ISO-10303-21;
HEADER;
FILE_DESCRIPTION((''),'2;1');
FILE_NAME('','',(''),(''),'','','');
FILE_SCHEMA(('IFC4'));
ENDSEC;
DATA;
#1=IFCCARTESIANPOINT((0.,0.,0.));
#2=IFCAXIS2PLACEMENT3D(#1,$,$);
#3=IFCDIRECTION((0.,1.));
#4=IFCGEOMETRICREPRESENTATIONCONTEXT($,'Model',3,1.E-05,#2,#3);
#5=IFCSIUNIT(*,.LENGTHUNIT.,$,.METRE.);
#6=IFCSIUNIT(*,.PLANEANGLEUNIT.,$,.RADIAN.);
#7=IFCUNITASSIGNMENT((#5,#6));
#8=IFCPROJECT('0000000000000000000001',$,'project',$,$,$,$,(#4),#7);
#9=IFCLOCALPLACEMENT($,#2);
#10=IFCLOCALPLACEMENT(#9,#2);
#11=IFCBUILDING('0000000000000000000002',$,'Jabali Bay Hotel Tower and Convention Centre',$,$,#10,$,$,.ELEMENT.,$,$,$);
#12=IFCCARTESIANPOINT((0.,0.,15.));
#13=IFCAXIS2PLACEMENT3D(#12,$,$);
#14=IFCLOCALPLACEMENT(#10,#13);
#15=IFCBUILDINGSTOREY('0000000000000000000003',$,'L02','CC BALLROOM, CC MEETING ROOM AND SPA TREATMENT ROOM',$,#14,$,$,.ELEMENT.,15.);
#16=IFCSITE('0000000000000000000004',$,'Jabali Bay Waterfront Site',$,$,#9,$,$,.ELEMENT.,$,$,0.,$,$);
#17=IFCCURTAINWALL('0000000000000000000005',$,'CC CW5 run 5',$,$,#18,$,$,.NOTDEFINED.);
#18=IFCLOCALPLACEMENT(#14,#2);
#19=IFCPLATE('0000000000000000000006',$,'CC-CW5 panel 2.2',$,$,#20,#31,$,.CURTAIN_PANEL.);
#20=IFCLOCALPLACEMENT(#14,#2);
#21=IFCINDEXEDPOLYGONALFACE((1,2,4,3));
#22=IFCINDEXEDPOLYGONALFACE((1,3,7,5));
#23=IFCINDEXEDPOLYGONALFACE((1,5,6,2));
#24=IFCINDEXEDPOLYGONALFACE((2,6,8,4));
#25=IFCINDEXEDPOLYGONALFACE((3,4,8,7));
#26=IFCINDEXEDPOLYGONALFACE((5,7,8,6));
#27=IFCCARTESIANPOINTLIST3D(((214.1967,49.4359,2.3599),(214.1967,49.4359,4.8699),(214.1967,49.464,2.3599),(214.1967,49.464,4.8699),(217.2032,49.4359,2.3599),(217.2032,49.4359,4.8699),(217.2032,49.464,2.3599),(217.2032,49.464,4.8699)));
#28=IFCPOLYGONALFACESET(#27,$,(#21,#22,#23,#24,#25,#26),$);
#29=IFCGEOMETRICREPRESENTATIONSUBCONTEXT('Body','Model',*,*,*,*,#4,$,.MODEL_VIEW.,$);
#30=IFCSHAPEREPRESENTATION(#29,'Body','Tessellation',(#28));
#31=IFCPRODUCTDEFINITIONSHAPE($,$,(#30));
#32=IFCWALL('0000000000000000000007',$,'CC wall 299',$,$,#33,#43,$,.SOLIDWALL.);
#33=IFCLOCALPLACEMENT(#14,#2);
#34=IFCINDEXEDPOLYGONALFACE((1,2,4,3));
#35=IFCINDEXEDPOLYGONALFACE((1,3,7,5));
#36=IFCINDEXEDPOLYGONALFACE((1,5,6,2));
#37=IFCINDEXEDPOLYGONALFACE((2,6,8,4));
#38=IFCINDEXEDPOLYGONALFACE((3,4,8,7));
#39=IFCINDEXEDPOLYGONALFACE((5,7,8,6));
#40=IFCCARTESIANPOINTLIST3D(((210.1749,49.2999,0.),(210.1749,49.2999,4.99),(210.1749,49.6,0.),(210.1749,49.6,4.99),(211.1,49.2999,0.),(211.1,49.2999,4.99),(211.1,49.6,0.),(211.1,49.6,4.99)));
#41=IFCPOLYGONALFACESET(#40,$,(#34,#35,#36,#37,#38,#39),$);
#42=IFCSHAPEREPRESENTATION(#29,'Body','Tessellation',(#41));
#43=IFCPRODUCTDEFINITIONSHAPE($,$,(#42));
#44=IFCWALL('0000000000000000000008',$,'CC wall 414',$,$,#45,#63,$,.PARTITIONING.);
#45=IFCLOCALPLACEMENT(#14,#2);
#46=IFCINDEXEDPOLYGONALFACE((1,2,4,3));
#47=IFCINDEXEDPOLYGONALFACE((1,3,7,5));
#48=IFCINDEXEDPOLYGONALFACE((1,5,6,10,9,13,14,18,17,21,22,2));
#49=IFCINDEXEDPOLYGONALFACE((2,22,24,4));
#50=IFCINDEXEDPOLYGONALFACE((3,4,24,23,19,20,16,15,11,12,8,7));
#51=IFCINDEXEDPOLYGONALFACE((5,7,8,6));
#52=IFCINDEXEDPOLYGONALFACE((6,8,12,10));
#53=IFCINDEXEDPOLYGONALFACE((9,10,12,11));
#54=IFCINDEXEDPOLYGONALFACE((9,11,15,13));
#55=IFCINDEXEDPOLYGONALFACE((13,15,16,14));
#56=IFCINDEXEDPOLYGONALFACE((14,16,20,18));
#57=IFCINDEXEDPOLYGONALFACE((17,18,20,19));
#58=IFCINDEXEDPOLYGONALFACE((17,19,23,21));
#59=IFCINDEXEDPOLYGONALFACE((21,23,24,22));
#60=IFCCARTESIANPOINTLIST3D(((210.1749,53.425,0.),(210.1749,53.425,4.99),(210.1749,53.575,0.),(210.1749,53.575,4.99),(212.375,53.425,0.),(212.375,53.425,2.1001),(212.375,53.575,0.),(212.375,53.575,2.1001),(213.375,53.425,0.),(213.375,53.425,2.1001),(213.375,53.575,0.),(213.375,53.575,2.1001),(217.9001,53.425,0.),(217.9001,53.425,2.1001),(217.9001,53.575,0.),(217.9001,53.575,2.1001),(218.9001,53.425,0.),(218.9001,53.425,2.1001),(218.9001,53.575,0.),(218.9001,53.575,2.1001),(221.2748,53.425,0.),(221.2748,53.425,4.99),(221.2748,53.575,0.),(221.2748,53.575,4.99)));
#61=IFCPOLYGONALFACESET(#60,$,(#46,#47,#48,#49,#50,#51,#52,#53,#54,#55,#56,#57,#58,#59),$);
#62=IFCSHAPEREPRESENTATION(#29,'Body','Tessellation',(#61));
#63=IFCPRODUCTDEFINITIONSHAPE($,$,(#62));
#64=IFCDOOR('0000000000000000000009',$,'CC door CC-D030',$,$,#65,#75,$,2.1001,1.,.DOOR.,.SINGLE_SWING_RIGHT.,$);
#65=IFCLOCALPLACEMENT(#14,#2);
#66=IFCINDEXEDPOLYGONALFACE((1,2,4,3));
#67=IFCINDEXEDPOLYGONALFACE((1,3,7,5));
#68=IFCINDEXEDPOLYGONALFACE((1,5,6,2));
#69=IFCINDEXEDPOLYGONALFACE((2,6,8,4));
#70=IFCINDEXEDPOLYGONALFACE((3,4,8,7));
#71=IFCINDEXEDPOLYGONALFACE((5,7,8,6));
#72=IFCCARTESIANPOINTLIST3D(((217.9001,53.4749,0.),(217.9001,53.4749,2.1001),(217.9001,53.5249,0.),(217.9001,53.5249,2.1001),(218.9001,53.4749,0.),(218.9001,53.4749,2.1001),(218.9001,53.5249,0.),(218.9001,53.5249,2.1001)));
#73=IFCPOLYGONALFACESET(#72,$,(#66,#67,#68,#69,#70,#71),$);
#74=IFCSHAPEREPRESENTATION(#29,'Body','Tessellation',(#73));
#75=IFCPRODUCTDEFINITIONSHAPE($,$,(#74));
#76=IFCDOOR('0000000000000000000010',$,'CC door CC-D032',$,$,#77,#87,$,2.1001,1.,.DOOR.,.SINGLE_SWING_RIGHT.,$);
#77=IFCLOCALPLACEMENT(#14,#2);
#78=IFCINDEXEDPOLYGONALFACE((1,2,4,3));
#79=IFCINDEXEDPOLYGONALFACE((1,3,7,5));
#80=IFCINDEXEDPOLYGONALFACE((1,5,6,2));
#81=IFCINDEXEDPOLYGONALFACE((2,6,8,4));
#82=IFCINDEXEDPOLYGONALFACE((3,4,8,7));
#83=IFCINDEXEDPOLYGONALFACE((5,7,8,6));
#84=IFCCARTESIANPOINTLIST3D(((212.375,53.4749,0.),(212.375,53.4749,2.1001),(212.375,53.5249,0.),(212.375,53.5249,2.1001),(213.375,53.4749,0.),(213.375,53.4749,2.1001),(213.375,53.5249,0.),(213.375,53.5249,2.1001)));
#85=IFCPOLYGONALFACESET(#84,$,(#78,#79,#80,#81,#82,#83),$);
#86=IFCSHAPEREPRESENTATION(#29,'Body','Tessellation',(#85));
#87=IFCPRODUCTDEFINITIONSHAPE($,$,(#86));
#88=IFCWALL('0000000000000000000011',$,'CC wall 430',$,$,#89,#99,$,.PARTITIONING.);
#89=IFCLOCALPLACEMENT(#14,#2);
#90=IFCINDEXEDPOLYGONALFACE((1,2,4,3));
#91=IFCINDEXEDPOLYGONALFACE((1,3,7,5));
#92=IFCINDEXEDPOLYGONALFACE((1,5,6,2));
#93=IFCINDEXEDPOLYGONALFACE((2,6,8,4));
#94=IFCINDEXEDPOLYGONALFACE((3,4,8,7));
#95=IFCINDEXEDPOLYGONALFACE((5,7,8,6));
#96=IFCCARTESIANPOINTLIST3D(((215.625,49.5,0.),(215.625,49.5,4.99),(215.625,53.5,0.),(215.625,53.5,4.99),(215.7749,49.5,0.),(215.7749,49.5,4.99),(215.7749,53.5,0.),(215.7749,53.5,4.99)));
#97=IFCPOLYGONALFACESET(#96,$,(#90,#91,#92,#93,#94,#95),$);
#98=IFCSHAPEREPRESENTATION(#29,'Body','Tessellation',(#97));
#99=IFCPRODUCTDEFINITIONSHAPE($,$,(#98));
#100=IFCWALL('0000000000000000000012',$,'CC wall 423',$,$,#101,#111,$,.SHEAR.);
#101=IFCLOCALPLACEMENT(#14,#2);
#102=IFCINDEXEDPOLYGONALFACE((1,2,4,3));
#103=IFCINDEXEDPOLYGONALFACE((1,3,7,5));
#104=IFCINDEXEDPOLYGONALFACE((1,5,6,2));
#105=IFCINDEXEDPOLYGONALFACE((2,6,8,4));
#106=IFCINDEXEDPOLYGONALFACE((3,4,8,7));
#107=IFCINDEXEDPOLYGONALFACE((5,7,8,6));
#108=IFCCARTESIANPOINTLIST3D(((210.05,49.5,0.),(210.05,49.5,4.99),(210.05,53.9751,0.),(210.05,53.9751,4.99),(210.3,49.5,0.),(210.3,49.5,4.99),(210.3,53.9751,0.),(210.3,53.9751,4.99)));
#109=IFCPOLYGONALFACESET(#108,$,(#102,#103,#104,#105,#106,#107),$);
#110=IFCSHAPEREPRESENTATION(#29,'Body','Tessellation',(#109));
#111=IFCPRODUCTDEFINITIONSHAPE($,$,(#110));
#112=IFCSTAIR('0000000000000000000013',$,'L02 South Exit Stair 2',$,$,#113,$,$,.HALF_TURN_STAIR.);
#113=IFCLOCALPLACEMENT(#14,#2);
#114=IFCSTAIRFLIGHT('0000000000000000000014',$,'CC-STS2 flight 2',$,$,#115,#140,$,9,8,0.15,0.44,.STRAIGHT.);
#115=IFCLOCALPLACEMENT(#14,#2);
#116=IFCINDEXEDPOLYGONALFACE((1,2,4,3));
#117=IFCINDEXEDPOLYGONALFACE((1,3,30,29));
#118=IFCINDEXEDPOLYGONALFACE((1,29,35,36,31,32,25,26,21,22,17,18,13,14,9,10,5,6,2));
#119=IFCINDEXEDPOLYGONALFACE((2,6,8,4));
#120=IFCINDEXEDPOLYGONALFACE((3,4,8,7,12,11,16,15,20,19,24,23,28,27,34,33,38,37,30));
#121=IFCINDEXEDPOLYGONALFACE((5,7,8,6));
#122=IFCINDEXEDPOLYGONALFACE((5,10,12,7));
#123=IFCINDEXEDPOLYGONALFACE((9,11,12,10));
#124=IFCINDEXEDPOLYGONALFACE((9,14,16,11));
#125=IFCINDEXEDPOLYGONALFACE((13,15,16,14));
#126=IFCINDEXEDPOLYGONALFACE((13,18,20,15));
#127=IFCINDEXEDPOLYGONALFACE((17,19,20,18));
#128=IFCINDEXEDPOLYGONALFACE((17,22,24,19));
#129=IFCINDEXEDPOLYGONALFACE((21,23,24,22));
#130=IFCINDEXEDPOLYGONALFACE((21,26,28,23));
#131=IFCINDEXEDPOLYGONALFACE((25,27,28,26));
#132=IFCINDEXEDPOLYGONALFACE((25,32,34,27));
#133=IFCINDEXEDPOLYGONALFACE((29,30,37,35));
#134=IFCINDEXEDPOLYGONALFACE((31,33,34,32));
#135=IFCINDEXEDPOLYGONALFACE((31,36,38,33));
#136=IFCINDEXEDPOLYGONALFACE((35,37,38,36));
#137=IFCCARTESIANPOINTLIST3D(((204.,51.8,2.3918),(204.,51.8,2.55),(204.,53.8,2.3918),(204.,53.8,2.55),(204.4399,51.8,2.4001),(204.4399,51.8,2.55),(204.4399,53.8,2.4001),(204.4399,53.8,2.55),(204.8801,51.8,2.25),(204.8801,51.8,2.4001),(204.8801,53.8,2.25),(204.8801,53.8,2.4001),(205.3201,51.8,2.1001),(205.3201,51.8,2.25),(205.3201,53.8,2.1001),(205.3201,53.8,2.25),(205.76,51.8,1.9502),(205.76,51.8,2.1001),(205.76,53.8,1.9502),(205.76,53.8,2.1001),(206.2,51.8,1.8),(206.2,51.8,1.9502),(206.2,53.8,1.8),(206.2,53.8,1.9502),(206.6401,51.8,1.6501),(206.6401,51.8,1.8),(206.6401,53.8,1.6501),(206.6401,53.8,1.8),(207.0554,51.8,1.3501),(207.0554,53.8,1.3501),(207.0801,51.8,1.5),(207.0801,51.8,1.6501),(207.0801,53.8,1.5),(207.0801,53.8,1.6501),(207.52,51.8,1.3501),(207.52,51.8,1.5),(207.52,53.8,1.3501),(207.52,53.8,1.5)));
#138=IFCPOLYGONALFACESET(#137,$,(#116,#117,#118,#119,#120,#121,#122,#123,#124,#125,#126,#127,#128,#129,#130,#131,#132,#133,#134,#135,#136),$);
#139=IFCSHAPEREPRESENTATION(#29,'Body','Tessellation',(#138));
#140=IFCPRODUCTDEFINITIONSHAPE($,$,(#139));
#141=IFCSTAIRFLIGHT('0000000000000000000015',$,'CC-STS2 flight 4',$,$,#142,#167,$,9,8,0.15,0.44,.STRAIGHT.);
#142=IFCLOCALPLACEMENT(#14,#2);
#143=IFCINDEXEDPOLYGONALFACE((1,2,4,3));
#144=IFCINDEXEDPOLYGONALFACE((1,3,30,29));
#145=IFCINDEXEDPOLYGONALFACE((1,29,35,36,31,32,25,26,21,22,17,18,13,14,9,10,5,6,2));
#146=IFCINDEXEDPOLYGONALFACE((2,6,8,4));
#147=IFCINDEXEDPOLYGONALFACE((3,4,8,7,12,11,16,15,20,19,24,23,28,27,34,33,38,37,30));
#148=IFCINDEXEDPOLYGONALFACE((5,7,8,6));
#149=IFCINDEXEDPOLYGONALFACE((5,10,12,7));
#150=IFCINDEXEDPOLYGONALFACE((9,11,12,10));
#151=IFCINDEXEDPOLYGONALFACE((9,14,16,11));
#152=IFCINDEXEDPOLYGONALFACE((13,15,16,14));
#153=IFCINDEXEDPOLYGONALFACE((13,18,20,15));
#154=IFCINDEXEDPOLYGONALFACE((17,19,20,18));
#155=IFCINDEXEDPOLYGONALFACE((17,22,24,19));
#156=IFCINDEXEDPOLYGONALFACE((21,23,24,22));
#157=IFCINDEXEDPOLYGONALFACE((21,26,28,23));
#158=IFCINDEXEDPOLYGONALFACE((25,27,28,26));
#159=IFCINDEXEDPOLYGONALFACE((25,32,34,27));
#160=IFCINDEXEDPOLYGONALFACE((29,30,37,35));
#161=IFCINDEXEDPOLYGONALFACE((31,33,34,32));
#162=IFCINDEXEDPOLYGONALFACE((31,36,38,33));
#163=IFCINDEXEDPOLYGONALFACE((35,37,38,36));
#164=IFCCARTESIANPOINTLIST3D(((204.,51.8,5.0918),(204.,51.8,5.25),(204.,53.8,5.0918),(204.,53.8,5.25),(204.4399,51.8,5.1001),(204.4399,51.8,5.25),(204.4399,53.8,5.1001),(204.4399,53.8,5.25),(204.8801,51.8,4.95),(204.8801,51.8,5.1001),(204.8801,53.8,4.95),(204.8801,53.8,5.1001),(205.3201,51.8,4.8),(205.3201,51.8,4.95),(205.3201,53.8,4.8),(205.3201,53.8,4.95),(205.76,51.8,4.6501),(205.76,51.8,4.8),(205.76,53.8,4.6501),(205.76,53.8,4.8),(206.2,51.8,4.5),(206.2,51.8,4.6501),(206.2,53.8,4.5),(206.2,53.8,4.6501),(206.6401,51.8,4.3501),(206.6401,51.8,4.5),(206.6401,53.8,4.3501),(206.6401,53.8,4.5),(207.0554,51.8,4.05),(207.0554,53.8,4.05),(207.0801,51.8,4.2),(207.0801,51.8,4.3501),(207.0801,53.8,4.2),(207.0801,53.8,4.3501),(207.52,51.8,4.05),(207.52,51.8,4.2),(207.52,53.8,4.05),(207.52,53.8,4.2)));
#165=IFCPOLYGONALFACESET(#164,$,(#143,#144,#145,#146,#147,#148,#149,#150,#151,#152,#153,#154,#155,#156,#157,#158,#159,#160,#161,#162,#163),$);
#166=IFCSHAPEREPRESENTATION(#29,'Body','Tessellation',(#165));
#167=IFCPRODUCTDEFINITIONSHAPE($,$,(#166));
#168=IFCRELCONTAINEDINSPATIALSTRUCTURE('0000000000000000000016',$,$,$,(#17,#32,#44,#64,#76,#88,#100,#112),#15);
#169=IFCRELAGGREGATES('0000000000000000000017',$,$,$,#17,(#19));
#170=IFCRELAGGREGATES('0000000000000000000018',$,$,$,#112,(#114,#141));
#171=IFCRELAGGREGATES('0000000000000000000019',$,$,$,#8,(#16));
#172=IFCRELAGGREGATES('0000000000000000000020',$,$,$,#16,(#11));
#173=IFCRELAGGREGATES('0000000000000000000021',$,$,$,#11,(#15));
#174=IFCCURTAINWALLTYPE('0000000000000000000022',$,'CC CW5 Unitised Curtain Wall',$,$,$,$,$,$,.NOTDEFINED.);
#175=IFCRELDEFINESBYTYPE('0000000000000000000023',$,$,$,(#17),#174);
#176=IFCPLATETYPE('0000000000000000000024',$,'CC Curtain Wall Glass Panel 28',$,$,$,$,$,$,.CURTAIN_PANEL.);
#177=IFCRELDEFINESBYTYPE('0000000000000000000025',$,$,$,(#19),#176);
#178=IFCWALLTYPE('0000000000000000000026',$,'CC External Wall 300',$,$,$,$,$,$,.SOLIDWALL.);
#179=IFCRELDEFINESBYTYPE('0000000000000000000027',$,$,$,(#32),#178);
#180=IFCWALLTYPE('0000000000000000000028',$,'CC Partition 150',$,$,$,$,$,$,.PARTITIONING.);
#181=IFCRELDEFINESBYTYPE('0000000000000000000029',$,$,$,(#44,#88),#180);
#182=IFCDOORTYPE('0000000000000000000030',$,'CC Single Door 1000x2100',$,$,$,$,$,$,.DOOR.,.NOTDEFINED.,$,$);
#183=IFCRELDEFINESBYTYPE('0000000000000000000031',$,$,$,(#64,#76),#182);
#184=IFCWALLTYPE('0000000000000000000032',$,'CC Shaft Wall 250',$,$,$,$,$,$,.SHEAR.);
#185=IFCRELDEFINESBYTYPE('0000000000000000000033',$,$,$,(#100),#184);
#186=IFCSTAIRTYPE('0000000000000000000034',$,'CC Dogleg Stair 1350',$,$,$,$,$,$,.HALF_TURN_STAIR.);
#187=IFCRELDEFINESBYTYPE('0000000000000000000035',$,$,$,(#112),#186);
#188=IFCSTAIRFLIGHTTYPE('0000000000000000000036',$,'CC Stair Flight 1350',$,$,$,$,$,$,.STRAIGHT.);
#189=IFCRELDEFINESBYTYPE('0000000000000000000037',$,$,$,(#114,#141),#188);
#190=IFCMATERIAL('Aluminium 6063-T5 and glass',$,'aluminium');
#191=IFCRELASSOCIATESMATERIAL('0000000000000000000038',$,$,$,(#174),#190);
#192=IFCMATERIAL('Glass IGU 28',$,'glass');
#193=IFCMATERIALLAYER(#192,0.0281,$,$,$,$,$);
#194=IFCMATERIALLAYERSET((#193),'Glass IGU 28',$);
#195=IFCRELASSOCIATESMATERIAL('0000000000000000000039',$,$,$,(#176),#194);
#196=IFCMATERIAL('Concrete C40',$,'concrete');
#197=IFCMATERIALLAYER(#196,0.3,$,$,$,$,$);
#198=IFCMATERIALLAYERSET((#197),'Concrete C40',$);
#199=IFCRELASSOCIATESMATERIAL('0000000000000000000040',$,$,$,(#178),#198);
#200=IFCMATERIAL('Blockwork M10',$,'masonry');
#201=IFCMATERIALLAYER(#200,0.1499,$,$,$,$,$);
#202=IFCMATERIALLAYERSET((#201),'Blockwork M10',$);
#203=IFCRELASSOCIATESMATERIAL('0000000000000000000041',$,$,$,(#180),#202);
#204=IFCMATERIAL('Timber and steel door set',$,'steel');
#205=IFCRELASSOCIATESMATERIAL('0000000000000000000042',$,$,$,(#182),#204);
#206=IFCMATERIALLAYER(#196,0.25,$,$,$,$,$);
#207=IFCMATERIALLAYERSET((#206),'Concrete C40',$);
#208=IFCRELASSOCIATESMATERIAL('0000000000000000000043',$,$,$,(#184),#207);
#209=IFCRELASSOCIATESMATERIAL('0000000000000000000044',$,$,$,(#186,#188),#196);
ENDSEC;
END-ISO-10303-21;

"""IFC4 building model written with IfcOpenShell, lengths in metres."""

from ifc_helpers import new_model, si_unit, direction, frame, frame_2d, origin, origin_2d, place, context, subcontext, project, spatial, polyline, rectangle, outline, extrude, material, layer, layer_set, type_object, element, fill, aggregate, save


model = new_model("IFC4")

# Units and contexts
model_context = context("Model", 3, precision=1e-05, world=origin(), true_north=direction((0.0, 1.0)))
body_context = subcontext(model_context, "Body", "Model", "MODEL_VIEW")
ifc_project = project(units=[si_unit("LENGTHUNIT", "METRE"), si_unit("PLANEANGLEUNIT", "RADIAN")], contexts=[model_context])

# Site, building, storey
site_placement = place(None, origin())
site = spatial("IfcSite", under=ifc_project, at=site_placement, Name="Jabali Bay Waterfront Site", CompositionType="ELEMENT", RefElevation=0.0)
building_placement = place(site_placement, origin())
building = spatial("IfcBuilding", under=site, at=building_placement, Name="Jabali Bay Hotel Tower and Convention Centre", CompositionType="ELEMENT")
storey_placement = place(building_placement, frame((0.0, 0.0, 15.0)))
storey = spatial("IfcBuildingStorey", under=building, at=storey_placement, Name="L02", Description="CC BALLROOM, CC MEETING ROOM AND SPA TREATMENT ROOM", CompositionType="ELEMENT", Elevation=15.0)

# Curtain wall, plate
ifc_material_1 = material(Name="Aluminium 6063-T5 and glass", Category="aluminium")
curtain_wall_type = type_object("IfcCurtainWallType", Name="CC CW5 Unitised Curtain Wall", PredefinedType="NOTDEFINED", material=ifc_material_1)
curtain_wall_placement = place(storey_placement, origin())
curtain_wall = element("IfcCurtainWall", 1, at=curtain_wall_placement, inside=storey, type_object=curtain_wall_type, Name="CC CW5 run 5", PredefinedType="NOTDEFINED")
ifc_material_2 = material(Name="Glass IGU 28", Category="glass")
ifc_layer_1 = layer(ifc_material_2, 0.0281)
ifc_layer_set_1 = layer_set([ifc_layer_1], Name="Glass IGU 28")
plate_type = type_object("IfcPlateType", Name="CC Curtain Wall Glass Panel 28", PredefinedType="CURTAIN_PANEL", material=ifc_layer_set_1)
plate_1_placement = place(storey_placement, frame((215.7, 49.45, 2.3599), z_axis=(0.0, 0.0, 1.0), x_axis=(1.0, 0.0, 0.0)))
plate_1 = element("IfcPlate", 2, at=plate_1_placement, type_object=plate_type, Name="CC-CW5 panel 2.2", PredefinedType="CURTAIN_PANEL", context=body_context, shape_type="SweptSolid", body=[
    extrude(rectangle(XDim=3.0066, YDim=0.0281, at=origin_2d()), origin(), (0.0, 0.0, 1.0), 2.51),
])
aggregate(curtain_wall, [plate_1])

# Wall
ifc_material_3 = material(Name="Concrete C40", Category="concrete")
ifc_layer_2 = layer(ifc_material_3, 0.3)
ifc_layer_set_2 = layer_set([ifc_layer_2], Name="Concrete C40")
wall_type_1 = type_object("IfcWallType", Name="CC External Wall 300", PredefinedType="SOLIDWALL", material=ifc_layer_set_2)
wall_1_placement = place(storey_placement, frame((210.175, 49.45, 0.0), z_axis=(0.0, 0.0, 1.0), x_axis=(1.0, 0.0, 0.0)))
element("IfcWall", 3, at=wall_1_placement, inside=storey, type_object=wall_type_1, Name="CC wall 299", PredefinedType="SOLIDWALL", context=body_context, shape_type="SweptSolid", body=[
    extrude(rectangle(XDim=0.925, YDim=0.3, at=frame_2d((0.4624, 0.0))), origin(), (0.0, 0.0, 1.0), 4.99),
])

# Wall, openings, doors
ifc_material_4 = material(Name="Blockwork M10", Category="masonry")
ifc_layer_3 = layer(ifc_material_4, 0.1499)
ifc_layer_set_3 = layer_set([ifc_layer_3], Name="Blockwork M10")
wall_type_2 = type_object("IfcWallType", Name="CC Partition 150", PredefinedType="PARTITIONING", material=ifc_layer_set_3)
wall_2_placement = place(storey_placement, frame((210.175, 53.5, 0.0), z_axis=(0.0, 0.0, 1.0), x_axis=(1.0, 0.0, 0.0)))
wall_2 = element("IfcWall", 4, at=wall_2_placement, inside=storey, type_object=wall_type_2, Name="CC wall 414", PredefinedType="PARTITIONING", context=body_context, shape_type="SweptSolid", body=[
    extrude(rectangle(XDim=11.0999, YDim=0.1499, at=frame_2d((5.5498, 0.0))), origin(), (0.0, 0.0, 1.0), 4.99),
])
opening_1_placement = place(wall_2_placement, frame((7.7251, 0.0, 0.0)))
opening_1 = element("IfcOpeningElement", 5, at=opening_1_placement, cuts=wall_2, PredefinedType="OPENING", context=body_context, shape_type="SweptSolid", body=[
    extrude(rectangle(XDim=1.0, YDim=2.1001, at=frame_2d((0.5, 1.05))), frame((0.0, 0.0854, 0.0), z_axis=(0.0, -1.0, 0.0), x_axis=(1.0, 0.0, 0.0)), (0.0, 0.0, 1.0), 0.1709),
])
opening_2_placement = place(wall_2_placement, frame((2.2, 0.0, 0.0)))
opening_2 = element("IfcOpeningElement", 6, at=opening_2_placement, cuts=wall_2, PredefinedType="OPENING", context=body_context, shape_type="SweptSolid", body=[
    extrude(rectangle(XDim=1.0, YDim=2.1001, at=frame_2d((0.5, 1.05))), frame((0.0, 0.0854, 0.0), z_axis=(0.0, -1.0, 0.0), x_axis=(1.0, 0.0, 0.0)), (0.0, 0.0, 1.0), 0.1709),
])
ifc_material_5 = material(Name="Timber and steel door set", Category="steel")
door_type = type_object("IfcDoorType", Name="CC Single Door 1000x2100", OperationType="NOTDEFINED", PredefinedType="DOOR", material=ifc_material_5)
door_1_placement = place(opening_1_placement, origin())
door_1 = element("IfcDoor", 7, at=door_1_placement, inside=storey, type_object=door_type, Name="CC door CC-D030", OperationType="SINGLE_SWING_RIGHT", OverallHeight=2.1001, OverallWidth=1.0, PredefinedType="DOOR", context=body_context, shape_type="SweptSolid", body=[
    extrude(rectangle(XDim=1.0, YDim=2.1001, at=frame_2d((0.5, 1.05))), frame((0.0, 0.0249, 0.0), z_axis=(0.0, -1.0, 0.0), x_axis=(1.0, 0.0, 0.0)), (0.0, 0.0, 1.0), 0.05),
])
fill(opening_1, door_1)
door_2_placement = place(opening_2_placement, origin())
door_2 = element("IfcDoor", 8, at=door_2_placement, inside=storey, type_object=door_type, Name="CC door CC-D032", OperationType="SINGLE_SWING_RIGHT", OverallHeight=2.1001, OverallWidth=1.0, PredefinedType="DOOR", context=body_context, shape_type="SweptSolid", body=[
    extrude(rectangle(XDim=1.0, YDim=2.1001, at=frame_2d((0.5, 1.05))), frame((0.0, 0.0249, 0.0), z_axis=(0.0, -1.0, 0.0), x_axis=(1.0, 0.0, 0.0)), (0.0, 0.0, 1.0), 0.05),
])
fill(opening_2, door_2)

# Walls
wall_3_placement = place(storey_placement, frame((215.7, 49.5, 0.0), z_axis=(0.0, 0.0, 1.0), x_axis=(0.0, 1.0, 0.0)))
element("IfcWall", 9, at=wall_3_placement, inside=storey, type_object=wall_type_2, Name="CC wall 430", PredefinedType="PARTITIONING", context=body_context, shape_type="SweptSolid", body=[
    extrude(rectangle(XDim=4.0, YDim=0.1499, at=frame_2d((2.0, 0.0))), origin(), (0.0, 0.0, 1.0), 4.99),
])
ifc_layer_4 = layer(ifc_material_3, 0.25)
ifc_layer_set_4 = layer_set([ifc_layer_4], Name="Concrete C40")
wall_type_3 = type_object("IfcWallType", Name="CC Shaft Wall 250", PredefinedType="SHEAR", material=ifc_layer_set_4)
wall_4_placement = place(storey_placement, frame((210.175, 49.5, 0.0), z_axis=(0.0, 0.0, 1.0), x_axis=(0.0, 1.0, 0.0)))
element("IfcWall", 10, at=wall_4_placement, inside=storey, type_object=wall_type_3, Name="CC wall 423", PredefinedType="SHEAR", context=body_context, shape_type="SweptSolid", body=[
    extrude(rectangle(XDim=4.4751, YDim=0.25, at=frame_2d((2.2375, 0.0))), origin(), (0.0, 0.0, 1.0), 4.99),
])

# Stair, stair flights
stair_type = type_object("IfcStairType", Name="CC Dogleg Stair 1350", PredefinedType="HALF_TURN_STAIR", material=ifc_material_3)
stair_placement = place(storey_placement, origin())
stair = element("IfcStair", 11, at=stair_placement, inside=storey, type_object=stair_type, Name="L02 South Exit Stair 2", PredefinedType="HALF_TURN_STAIR")
stair_flight_type = type_object("IfcStairFlightType", Name="CC Stair Flight 1350", PredefinedType="STRAIGHT", material=ifc_material_3)
stair_flight_1_placement = place(storey_placement, frame((207.52, 52.8, 1.3501), z_axis=(0.0, 0.0, 1.0), x_axis=(-1.0, 0.0, 0.0)))
stair_flight_1 = element("IfcStairFlight", 12, at=stair_flight_1_placement, type_object=stair_flight_type, Name="CC-STS2 flight 2", NumberOfRisers=9, NumberOfTreads=8, PredefinedType="STRAIGHT", RiserHeight=0.15, TreadLength=0.44, context=body_context, shape_type="SweptSolid", body=[
    extrude(outline(polyline([(0.0, 0.0), (0.0, 0.1499), (0.4399, 0.1499), (0.4399, 0.3), (0.8799, 0.3), (0.8799, 0.45), (1.3201, 0.45), (1.3201, 0.6001), (1.76, 0.6001), (1.76, 0.75), (2.2, 0.75), (2.2, 0.8999), (2.6399, 0.8999), (2.6399, 1.05), (3.0801, 1.05), (3.0801, 1.2), (3.52, 1.2), (3.52, 1.3501), (3.52, 1.0417), (0.4646, 0.0), (0.0, 0.0)])), frame((0.0, 1.0, 0.0), z_axis=(0.0, -1.0, 0.0), x_axis=(1.0, 0.0, 0.0)), (0.0, 0.0, 1.0), 2.0),
])
stair_flight_2_placement = place(storey_placement, frame((207.52, 52.8, 4.05), z_axis=(0.0, 0.0, 1.0), x_axis=(-1.0, 0.0, 0.0)))
stair_flight_2 = element("IfcStairFlight", 13, at=stair_flight_2_placement, type_object=stair_flight_type, Name="CC-STS2 flight 4", NumberOfRisers=9, NumberOfTreads=8, PredefinedType="STRAIGHT", RiserHeight=0.15, TreadLength=0.44, context=body_context, shape_type="SweptSolid", body=[
    extrude(outline(polyline([(0.0, 0.0), (0.0, 0.1499), (0.4399, 0.1499), (0.4399, 0.3), (0.8799, 0.3), (0.8799, 0.45), (1.3201, 0.45), (1.3201, 0.6001), (1.76, 0.6001), (1.76, 0.75), (2.2, 0.75), (2.2, 0.8999), (2.6399, 0.8999), (2.6399, 1.05), (3.0801, 1.05), (3.0801, 1.2), (3.52, 1.2), (3.52, 1.3501), (3.52, 1.0417), (0.4646, 0.0), (0.0, 0.0)])), frame((0.0, 1.0, 0.0), z_axis=(0.0, -1.0, 0.0), x_axis=(1.0, 0.0, 0.0)), (0.0, 0.0, 1.0), 2.0),
])
aggregate(stair, [stair_flight_1, stair_flight_2])

save(model, "model.ifc")
